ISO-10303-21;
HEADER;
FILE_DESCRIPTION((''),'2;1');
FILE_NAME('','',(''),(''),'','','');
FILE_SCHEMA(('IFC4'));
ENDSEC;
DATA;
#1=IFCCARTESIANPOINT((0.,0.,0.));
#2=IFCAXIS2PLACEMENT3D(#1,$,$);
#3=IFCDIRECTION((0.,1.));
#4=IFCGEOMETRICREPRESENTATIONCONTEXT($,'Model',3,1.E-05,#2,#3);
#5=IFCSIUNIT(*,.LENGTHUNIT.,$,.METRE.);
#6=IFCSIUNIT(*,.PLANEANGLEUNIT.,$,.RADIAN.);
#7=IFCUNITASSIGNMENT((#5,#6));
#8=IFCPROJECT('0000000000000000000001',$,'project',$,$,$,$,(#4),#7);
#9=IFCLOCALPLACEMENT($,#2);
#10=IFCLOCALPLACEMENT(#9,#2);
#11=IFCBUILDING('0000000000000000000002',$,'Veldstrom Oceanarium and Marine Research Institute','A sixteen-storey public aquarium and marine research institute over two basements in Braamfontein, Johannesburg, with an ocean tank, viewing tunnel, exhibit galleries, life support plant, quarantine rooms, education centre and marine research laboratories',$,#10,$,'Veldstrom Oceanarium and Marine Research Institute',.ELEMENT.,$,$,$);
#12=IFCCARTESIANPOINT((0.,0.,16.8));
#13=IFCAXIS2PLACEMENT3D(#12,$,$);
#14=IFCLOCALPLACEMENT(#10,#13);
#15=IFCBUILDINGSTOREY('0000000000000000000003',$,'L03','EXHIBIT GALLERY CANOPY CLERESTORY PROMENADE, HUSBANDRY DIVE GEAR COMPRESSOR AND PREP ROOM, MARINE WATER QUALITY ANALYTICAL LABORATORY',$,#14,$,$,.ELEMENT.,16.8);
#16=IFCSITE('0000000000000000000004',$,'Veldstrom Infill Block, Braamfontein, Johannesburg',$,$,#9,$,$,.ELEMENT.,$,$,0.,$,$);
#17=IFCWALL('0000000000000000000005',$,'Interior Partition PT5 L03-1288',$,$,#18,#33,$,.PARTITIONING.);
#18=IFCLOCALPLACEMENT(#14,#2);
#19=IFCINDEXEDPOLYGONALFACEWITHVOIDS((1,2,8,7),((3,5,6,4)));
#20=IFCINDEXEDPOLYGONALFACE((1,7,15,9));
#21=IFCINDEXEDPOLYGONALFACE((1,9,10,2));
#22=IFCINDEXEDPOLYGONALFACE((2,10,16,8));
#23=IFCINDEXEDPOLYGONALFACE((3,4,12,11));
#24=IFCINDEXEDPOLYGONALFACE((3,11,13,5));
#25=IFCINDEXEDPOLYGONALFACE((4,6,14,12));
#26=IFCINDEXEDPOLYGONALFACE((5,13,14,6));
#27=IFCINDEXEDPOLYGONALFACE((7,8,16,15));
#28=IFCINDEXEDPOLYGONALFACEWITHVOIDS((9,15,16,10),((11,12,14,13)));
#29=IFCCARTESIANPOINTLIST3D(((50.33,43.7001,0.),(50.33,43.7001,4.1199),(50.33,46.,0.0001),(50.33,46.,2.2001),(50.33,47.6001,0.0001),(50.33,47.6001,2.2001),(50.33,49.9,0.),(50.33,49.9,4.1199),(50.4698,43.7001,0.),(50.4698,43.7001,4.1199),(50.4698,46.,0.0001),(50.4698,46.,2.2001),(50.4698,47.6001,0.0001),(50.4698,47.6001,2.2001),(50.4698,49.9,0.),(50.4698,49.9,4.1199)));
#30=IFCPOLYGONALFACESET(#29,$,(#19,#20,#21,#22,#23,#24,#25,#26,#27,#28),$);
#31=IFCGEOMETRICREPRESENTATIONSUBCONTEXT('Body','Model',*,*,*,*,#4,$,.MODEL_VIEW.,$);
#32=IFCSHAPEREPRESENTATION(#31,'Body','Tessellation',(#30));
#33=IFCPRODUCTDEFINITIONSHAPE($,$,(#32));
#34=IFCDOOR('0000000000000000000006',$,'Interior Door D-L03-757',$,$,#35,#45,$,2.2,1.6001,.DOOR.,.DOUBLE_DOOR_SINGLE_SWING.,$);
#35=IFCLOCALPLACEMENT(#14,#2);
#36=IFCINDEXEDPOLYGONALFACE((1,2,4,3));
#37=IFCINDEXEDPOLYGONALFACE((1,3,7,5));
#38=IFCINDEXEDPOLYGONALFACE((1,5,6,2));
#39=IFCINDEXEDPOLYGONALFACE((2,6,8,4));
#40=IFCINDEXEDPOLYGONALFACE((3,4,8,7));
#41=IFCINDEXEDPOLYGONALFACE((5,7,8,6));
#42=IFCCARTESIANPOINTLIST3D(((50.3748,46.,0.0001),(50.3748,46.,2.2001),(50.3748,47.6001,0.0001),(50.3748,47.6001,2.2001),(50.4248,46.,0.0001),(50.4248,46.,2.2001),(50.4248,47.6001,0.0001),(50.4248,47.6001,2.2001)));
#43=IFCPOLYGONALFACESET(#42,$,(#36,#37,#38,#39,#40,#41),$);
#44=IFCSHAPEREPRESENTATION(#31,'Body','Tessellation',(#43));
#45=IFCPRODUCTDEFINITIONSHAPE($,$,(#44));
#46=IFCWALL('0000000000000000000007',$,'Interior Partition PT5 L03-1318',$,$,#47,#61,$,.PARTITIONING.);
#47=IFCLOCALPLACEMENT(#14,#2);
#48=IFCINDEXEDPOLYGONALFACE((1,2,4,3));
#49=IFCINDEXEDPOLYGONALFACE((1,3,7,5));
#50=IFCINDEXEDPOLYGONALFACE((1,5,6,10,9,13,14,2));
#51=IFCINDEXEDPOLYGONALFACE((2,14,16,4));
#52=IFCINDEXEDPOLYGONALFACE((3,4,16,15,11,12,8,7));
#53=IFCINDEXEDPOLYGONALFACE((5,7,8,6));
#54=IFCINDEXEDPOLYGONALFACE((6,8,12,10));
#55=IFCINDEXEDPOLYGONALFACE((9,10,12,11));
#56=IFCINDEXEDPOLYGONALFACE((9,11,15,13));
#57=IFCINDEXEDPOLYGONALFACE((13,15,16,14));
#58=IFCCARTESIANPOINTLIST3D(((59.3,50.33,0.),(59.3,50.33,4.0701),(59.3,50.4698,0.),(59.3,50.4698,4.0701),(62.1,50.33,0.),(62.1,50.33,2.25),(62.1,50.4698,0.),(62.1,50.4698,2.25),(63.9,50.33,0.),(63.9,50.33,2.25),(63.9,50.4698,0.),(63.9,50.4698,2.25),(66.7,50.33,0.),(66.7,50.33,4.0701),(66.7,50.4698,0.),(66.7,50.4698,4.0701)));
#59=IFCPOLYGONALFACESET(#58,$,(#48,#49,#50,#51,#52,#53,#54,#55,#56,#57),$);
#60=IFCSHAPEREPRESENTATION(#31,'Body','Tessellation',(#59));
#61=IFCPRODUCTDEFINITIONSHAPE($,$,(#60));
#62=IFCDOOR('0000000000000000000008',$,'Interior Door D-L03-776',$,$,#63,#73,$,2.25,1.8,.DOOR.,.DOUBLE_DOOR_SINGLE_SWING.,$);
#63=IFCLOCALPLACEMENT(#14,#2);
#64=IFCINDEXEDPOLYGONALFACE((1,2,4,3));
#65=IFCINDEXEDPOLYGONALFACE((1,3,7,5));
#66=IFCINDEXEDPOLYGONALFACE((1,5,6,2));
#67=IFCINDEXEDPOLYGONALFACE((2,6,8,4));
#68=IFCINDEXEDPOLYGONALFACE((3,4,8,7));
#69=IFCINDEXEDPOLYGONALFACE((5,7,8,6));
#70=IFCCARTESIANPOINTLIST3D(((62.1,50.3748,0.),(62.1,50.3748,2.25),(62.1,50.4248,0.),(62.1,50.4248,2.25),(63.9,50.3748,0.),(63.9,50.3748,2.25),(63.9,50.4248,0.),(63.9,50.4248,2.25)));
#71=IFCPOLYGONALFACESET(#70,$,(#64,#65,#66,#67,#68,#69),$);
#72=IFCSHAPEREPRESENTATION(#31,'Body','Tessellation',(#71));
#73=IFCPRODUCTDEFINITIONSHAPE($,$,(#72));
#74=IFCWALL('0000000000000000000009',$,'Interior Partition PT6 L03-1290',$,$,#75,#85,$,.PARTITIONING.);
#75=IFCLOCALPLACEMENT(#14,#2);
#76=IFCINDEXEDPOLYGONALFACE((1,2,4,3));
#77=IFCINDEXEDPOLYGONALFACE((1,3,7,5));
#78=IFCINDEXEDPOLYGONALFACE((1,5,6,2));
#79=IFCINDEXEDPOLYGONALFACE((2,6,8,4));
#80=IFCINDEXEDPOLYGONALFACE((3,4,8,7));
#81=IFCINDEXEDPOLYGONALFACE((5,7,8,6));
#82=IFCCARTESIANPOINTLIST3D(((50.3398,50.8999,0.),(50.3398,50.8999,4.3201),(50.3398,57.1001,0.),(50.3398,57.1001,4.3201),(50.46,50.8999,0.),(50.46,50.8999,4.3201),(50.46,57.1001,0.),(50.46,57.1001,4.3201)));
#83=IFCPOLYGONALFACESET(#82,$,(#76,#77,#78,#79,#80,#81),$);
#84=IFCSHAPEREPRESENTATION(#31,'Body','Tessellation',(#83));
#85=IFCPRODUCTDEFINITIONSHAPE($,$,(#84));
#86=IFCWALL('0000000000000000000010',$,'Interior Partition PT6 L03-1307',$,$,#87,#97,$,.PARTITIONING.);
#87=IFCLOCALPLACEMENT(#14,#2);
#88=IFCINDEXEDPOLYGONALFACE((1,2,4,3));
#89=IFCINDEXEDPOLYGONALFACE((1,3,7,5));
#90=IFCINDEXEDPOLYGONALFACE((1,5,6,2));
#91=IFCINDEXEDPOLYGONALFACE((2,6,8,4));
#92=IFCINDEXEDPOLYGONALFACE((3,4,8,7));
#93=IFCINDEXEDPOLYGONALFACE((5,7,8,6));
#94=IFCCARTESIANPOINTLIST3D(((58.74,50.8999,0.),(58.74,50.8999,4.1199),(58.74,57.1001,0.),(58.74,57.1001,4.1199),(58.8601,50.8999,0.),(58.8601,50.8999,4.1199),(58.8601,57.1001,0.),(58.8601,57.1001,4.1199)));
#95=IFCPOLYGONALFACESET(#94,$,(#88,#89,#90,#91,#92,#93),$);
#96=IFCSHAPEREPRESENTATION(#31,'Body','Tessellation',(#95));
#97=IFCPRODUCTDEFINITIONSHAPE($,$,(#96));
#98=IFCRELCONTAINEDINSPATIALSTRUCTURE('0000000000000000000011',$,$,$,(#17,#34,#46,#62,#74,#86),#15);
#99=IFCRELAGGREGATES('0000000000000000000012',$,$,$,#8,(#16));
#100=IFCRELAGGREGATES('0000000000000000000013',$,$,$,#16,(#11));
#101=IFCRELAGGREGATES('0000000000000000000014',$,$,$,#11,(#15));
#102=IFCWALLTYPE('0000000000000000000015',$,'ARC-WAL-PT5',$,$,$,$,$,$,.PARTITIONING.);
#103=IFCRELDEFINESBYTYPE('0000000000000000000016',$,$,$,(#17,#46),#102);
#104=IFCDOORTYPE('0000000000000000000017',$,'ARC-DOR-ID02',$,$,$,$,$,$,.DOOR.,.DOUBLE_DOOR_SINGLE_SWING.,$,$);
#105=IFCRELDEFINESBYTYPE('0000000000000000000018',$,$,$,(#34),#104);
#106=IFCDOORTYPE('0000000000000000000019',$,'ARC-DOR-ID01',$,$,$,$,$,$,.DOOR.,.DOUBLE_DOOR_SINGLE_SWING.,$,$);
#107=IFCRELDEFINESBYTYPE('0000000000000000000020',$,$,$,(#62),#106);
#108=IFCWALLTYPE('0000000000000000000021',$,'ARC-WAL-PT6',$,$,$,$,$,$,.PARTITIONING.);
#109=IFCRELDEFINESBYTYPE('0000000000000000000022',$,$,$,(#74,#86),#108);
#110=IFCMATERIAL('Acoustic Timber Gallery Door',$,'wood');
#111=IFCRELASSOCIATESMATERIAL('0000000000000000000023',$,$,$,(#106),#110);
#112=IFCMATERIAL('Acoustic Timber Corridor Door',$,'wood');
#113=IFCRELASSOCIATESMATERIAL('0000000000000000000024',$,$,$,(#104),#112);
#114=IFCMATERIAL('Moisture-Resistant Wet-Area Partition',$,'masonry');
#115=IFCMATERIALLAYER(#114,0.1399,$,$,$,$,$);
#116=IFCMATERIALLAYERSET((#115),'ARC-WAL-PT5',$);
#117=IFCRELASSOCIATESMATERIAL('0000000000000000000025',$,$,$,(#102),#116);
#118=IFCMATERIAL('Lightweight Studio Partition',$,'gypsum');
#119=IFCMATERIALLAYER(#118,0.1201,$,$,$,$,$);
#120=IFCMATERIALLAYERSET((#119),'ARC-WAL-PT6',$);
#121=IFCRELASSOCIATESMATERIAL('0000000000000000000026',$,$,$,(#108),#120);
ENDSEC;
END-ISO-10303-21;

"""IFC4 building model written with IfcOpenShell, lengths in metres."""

from ifc_helpers import new_model, si_unit, direction, frame, frame_2d, origin, place, context, subcontext, project, spatial, rectangle, extrude, material, layer, layer_set, type_object, element, fill, save


model = new_model("IFC4")

# Units and contexts
model_context = context("Model", 3, precision=1e-05, world=origin(), true_north=direction((0.0, 1.0)))
body_context = subcontext(model_context, "Body", "Model", "MODEL_VIEW")
ifc_project = project(units=[si_unit("LENGTHUNIT", "METRE"), si_unit("PLANEANGLEUNIT", "RADIAN")], contexts=[model_context])

# Site, building, storey
site_placement = place(None, origin())
site = spatial("IfcSite", under=ifc_project, at=site_placement, Name="Veldstrom Infill Block, Braamfontein, Johannesburg", CompositionType="ELEMENT", RefElevation=0.0)
building_placement = place(site_placement, origin())
building = spatial("IfcBuilding", under=site, at=building_placement, Name="Veldstrom Oceanarium and Marine Research Institute", Description="A sixteen-storey public aquarium and marine research institute over two basements in Braamfontein, Johannesburg, with an ocean tank, viewing tunnel, exhibit galleries, life support plant, quarantine rooms, education centre and marine research laboratories", LongName="Veldstrom Oceanarium and Marine Research Institute", CompositionType="ELEMENT")
storey_placement = place(building_placement, frame((0.0, 0.0, 16.8)))
storey = spatial("IfcBuildingStorey", under=building, at=storey_placement, Name="L03", Description="EXHIBIT GALLERY CANOPY CLERESTORY PROMENADE, HUSBANDRY DIVE GEAR COMPRESSOR AND PREP ROOM, MARINE WATER QUALITY ANALYTICAL LABORATORY", CompositionType="ELEMENT", Elevation=16.8)

# Walls, openings, doors
ifc_material_1 = material(Name="Acoustic Timber Gallery Door", Category="wood")
door_type_1 = type_object("IfcDoorType", Name="ARC-DOR-ID01", OperationType="DOUBLE_DOOR_SINGLE_SWING", PredefinedType="DOOR", material=ifc_material_1)
ifc_material_2 = material(Name="Acoustic Timber Corridor Door", Category="wood")
door_type_2 = type_object("IfcDoorType", Name="ARC-DOR-ID02", OperationType="DOUBLE_DOOR_SINGLE_SWING", PredefinedType="DOOR", material=ifc_material_2)
ifc_material_3 = material(Name="Moisture-Resistant Wet-Area Partition", Category="masonry")
ifc_layer_1 = layer(ifc_material_3, 0.1399)
ifc_layer_set_1 = layer_set([ifc_layer_1], Name="ARC-WAL-PT5")
wall_type_1 = type_object("IfcWallType", Name="ARC-WAL-PT5", PredefinedType="PARTITIONING", material=ifc_layer_set_1)
wall_1_placement = place(storey_placement, frame((50.3999, 43.7, 0.0), z_axis=(0.0, 0.0, 1.0), x_axis=(0.0, 1.0, 0.0)))
wall_1 = element("IfcWall", 1, at=wall_1_placement, inside=storey, type_object=wall_type_1, Name="Interior Partition PT5 L03-1288", PredefinedType="PARTITIONING", context=body_context, shape_type="SweptSolid", body=[
    extrude(rectangle(XDim=6.2, YDim=0.1399, at=frame_2d((3.1001, 0.0))), origin(), (0.0, 0.0, 1.0), 4.1199),
])
opening_1_placement = place(wall_1_placement, frame((2.3, 0.0, 0.0)))
opening_1 = element("IfcOpeningElement", 2, at=opening_1_placement, cuts=wall_1, PredefinedType="OPENING", context=body_context, shape_type="SweptSolid", body=[
    extrude(rectangle(XDim=1.6001, YDim=2.2, at=frame_2d((0.8, 1.1001))), frame((0.0, 0.0798, 0.0), z_axis=(0.0, -1.0, 0.0), x_axis=(1.0, 0.0, 0.0)), (0.0, 0.0, 1.0), 0.1599),
])
door_1_placement = place(opening_1_placement, frame((1.6001, 0.0, 0.0), z_axis=(0.0, 0.0, 1.0), x_axis=(-1.0, 0.0, 0.0)))
door_1 = element("IfcDoor", 3, at=door_1_placement, inside=storey, type_object=door_type_2, Name="Interior Door D-L03-757", OperationType="DOUBLE_DOOR_SINGLE_SWING", OverallHeight=2.2, OverallWidth=1.6001, PredefinedType="DOOR", context=body_context, shape_type="SweptSolid", body=[
    extrude(rectangle(XDim=1.6001, YDim=2.2, at=frame_2d((0.8, 1.1001))), frame((0.0, 0.0249, 0.0), z_axis=(0.0, -1.0, 0.0), x_axis=(1.0, 0.0, 0.0)), (0.0, 0.0, 1.0), 0.05),
])
fill(opening_1, door_1)
wall_2_placement = place(storey_placement, frame((59.3, 50.3999, 0.0), z_axis=(0.0, 0.0, 1.0), x_axis=(1.0, 0.0, 0.0)))
wall_2 = element("IfcWall", 4, at=wall_2_placement, inside=storey, type_object=wall_type_1, Name="Interior Partition PT5 L03-1318", PredefinedType="PARTITIONING", context=body_context, shape_type="SweptSolid", body=[
    extrude(rectangle(XDim=7.3999, YDim=0.1399, at=frame_2d((3.7, 0.0))), origin(), (0.0, 0.0, 1.0), 4.0701),
])
opening_2_placement = place(wall_2_placement, frame((2.8, 0.0, 0.0)))
opening_2 = element("IfcOpeningElement", 5, at=opening_2_placement, cuts=wall_2, PredefinedType="OPENING", context=body_context, shape_type="SweptSolid", body=[
    extrude(rectangle(XDim=1.8, YDim=2.25, at=frame_2d((0.8999, 1.125))), frame((0.0, 0.0798, 0.0), z_axis=(0.0, -1.0, 0.0), x_axis=(1.0, 0.0, 0.0)), (0.0, 0.0, 1.0), 0.1599),
])
door_2_placement = place(opening_2_placement, origin())
door_2 = element("IfcDoor", 6, at=door_2_placement, inside=storey, type_object=door_type_1, Name="Interior Door D-L03-776", OperationType="DOUBLE_DOOR_SINGLE_SWING", OverallHeight=2.25, OverallWidth=1.8, PredefinedType="DOOR", context=body_context, shape_type="SweptSolid", body=[
    extrude(rectangle(XDim=1.8, YDim=2.25, at=frame_2d((0.8999, 1.125))), frame((0.0, 0.0249, 0.0), z_axis=(0.0, -1.0, 0.0), x_axis=(1.0, 0.0, 0.0)), (0.0, 0.0, 1.0), 0.05),
])
fill(opening_2, door_2)

# Walls
ifc_material_4 = material(Name="Lightweight Studio Partition", Category="gypsum")
ifc_layer_2 = layer(ifc_material_4, 0.1201)
ifc_layer_set_2 = layer_set([ifc_layer_2], Name="ARC-WAL-PT6")
wall_type_2 = type_object("IfcWallType", Name="ARC-WAL-PT6", PredefinedType="PARTITIONING", material=ifc_layer_set_2)
wall_3_placement = place(storey_placement, frame((50.3999, 50.8999, 0.0), z_axis=(0.0, 0.0, 1.0), x_axis=(0.0, 1.0, 0.0)))
element("IfcWall", 7, at=wall_3_placement, inside=storey, type_object=wall_type_2, Name="Interior Partition PT6 L03-1290", PredefinedType="PARTITIONING", context=body_context, shape_type="SweptSolid", body=[
    extrude(rectangle(XDim=6.2002, YDim=0.1201, at=frame_2d((3.1001, 0.0))), origin(), (0.0, 0.0, 1.0), 4.3201),
])
wall_4_placement = place(storey_placement, frame((58.8, 50.8999, 0.0), z_axis=(0.0, 0.0, 1.0), x_axis=(0.0, 1.0, 0.0)))
element("IfcWall", 8, at=wall_4_placement, inside=storey, type_object=wall_type_2, Name="Interior Partition PT6 L03-1307", PredefinedType="PARTITIONING", context=body_context, shape_type="SweptSolid", body=[
    extrude(rectangle(XDim=6.2002, YDim=0.1201, at=frame_2d((3.1001, 0.0))), origin(), (0.0, 0.0, 1.0), 4.1199),
])

save(model, "model.ifc")
